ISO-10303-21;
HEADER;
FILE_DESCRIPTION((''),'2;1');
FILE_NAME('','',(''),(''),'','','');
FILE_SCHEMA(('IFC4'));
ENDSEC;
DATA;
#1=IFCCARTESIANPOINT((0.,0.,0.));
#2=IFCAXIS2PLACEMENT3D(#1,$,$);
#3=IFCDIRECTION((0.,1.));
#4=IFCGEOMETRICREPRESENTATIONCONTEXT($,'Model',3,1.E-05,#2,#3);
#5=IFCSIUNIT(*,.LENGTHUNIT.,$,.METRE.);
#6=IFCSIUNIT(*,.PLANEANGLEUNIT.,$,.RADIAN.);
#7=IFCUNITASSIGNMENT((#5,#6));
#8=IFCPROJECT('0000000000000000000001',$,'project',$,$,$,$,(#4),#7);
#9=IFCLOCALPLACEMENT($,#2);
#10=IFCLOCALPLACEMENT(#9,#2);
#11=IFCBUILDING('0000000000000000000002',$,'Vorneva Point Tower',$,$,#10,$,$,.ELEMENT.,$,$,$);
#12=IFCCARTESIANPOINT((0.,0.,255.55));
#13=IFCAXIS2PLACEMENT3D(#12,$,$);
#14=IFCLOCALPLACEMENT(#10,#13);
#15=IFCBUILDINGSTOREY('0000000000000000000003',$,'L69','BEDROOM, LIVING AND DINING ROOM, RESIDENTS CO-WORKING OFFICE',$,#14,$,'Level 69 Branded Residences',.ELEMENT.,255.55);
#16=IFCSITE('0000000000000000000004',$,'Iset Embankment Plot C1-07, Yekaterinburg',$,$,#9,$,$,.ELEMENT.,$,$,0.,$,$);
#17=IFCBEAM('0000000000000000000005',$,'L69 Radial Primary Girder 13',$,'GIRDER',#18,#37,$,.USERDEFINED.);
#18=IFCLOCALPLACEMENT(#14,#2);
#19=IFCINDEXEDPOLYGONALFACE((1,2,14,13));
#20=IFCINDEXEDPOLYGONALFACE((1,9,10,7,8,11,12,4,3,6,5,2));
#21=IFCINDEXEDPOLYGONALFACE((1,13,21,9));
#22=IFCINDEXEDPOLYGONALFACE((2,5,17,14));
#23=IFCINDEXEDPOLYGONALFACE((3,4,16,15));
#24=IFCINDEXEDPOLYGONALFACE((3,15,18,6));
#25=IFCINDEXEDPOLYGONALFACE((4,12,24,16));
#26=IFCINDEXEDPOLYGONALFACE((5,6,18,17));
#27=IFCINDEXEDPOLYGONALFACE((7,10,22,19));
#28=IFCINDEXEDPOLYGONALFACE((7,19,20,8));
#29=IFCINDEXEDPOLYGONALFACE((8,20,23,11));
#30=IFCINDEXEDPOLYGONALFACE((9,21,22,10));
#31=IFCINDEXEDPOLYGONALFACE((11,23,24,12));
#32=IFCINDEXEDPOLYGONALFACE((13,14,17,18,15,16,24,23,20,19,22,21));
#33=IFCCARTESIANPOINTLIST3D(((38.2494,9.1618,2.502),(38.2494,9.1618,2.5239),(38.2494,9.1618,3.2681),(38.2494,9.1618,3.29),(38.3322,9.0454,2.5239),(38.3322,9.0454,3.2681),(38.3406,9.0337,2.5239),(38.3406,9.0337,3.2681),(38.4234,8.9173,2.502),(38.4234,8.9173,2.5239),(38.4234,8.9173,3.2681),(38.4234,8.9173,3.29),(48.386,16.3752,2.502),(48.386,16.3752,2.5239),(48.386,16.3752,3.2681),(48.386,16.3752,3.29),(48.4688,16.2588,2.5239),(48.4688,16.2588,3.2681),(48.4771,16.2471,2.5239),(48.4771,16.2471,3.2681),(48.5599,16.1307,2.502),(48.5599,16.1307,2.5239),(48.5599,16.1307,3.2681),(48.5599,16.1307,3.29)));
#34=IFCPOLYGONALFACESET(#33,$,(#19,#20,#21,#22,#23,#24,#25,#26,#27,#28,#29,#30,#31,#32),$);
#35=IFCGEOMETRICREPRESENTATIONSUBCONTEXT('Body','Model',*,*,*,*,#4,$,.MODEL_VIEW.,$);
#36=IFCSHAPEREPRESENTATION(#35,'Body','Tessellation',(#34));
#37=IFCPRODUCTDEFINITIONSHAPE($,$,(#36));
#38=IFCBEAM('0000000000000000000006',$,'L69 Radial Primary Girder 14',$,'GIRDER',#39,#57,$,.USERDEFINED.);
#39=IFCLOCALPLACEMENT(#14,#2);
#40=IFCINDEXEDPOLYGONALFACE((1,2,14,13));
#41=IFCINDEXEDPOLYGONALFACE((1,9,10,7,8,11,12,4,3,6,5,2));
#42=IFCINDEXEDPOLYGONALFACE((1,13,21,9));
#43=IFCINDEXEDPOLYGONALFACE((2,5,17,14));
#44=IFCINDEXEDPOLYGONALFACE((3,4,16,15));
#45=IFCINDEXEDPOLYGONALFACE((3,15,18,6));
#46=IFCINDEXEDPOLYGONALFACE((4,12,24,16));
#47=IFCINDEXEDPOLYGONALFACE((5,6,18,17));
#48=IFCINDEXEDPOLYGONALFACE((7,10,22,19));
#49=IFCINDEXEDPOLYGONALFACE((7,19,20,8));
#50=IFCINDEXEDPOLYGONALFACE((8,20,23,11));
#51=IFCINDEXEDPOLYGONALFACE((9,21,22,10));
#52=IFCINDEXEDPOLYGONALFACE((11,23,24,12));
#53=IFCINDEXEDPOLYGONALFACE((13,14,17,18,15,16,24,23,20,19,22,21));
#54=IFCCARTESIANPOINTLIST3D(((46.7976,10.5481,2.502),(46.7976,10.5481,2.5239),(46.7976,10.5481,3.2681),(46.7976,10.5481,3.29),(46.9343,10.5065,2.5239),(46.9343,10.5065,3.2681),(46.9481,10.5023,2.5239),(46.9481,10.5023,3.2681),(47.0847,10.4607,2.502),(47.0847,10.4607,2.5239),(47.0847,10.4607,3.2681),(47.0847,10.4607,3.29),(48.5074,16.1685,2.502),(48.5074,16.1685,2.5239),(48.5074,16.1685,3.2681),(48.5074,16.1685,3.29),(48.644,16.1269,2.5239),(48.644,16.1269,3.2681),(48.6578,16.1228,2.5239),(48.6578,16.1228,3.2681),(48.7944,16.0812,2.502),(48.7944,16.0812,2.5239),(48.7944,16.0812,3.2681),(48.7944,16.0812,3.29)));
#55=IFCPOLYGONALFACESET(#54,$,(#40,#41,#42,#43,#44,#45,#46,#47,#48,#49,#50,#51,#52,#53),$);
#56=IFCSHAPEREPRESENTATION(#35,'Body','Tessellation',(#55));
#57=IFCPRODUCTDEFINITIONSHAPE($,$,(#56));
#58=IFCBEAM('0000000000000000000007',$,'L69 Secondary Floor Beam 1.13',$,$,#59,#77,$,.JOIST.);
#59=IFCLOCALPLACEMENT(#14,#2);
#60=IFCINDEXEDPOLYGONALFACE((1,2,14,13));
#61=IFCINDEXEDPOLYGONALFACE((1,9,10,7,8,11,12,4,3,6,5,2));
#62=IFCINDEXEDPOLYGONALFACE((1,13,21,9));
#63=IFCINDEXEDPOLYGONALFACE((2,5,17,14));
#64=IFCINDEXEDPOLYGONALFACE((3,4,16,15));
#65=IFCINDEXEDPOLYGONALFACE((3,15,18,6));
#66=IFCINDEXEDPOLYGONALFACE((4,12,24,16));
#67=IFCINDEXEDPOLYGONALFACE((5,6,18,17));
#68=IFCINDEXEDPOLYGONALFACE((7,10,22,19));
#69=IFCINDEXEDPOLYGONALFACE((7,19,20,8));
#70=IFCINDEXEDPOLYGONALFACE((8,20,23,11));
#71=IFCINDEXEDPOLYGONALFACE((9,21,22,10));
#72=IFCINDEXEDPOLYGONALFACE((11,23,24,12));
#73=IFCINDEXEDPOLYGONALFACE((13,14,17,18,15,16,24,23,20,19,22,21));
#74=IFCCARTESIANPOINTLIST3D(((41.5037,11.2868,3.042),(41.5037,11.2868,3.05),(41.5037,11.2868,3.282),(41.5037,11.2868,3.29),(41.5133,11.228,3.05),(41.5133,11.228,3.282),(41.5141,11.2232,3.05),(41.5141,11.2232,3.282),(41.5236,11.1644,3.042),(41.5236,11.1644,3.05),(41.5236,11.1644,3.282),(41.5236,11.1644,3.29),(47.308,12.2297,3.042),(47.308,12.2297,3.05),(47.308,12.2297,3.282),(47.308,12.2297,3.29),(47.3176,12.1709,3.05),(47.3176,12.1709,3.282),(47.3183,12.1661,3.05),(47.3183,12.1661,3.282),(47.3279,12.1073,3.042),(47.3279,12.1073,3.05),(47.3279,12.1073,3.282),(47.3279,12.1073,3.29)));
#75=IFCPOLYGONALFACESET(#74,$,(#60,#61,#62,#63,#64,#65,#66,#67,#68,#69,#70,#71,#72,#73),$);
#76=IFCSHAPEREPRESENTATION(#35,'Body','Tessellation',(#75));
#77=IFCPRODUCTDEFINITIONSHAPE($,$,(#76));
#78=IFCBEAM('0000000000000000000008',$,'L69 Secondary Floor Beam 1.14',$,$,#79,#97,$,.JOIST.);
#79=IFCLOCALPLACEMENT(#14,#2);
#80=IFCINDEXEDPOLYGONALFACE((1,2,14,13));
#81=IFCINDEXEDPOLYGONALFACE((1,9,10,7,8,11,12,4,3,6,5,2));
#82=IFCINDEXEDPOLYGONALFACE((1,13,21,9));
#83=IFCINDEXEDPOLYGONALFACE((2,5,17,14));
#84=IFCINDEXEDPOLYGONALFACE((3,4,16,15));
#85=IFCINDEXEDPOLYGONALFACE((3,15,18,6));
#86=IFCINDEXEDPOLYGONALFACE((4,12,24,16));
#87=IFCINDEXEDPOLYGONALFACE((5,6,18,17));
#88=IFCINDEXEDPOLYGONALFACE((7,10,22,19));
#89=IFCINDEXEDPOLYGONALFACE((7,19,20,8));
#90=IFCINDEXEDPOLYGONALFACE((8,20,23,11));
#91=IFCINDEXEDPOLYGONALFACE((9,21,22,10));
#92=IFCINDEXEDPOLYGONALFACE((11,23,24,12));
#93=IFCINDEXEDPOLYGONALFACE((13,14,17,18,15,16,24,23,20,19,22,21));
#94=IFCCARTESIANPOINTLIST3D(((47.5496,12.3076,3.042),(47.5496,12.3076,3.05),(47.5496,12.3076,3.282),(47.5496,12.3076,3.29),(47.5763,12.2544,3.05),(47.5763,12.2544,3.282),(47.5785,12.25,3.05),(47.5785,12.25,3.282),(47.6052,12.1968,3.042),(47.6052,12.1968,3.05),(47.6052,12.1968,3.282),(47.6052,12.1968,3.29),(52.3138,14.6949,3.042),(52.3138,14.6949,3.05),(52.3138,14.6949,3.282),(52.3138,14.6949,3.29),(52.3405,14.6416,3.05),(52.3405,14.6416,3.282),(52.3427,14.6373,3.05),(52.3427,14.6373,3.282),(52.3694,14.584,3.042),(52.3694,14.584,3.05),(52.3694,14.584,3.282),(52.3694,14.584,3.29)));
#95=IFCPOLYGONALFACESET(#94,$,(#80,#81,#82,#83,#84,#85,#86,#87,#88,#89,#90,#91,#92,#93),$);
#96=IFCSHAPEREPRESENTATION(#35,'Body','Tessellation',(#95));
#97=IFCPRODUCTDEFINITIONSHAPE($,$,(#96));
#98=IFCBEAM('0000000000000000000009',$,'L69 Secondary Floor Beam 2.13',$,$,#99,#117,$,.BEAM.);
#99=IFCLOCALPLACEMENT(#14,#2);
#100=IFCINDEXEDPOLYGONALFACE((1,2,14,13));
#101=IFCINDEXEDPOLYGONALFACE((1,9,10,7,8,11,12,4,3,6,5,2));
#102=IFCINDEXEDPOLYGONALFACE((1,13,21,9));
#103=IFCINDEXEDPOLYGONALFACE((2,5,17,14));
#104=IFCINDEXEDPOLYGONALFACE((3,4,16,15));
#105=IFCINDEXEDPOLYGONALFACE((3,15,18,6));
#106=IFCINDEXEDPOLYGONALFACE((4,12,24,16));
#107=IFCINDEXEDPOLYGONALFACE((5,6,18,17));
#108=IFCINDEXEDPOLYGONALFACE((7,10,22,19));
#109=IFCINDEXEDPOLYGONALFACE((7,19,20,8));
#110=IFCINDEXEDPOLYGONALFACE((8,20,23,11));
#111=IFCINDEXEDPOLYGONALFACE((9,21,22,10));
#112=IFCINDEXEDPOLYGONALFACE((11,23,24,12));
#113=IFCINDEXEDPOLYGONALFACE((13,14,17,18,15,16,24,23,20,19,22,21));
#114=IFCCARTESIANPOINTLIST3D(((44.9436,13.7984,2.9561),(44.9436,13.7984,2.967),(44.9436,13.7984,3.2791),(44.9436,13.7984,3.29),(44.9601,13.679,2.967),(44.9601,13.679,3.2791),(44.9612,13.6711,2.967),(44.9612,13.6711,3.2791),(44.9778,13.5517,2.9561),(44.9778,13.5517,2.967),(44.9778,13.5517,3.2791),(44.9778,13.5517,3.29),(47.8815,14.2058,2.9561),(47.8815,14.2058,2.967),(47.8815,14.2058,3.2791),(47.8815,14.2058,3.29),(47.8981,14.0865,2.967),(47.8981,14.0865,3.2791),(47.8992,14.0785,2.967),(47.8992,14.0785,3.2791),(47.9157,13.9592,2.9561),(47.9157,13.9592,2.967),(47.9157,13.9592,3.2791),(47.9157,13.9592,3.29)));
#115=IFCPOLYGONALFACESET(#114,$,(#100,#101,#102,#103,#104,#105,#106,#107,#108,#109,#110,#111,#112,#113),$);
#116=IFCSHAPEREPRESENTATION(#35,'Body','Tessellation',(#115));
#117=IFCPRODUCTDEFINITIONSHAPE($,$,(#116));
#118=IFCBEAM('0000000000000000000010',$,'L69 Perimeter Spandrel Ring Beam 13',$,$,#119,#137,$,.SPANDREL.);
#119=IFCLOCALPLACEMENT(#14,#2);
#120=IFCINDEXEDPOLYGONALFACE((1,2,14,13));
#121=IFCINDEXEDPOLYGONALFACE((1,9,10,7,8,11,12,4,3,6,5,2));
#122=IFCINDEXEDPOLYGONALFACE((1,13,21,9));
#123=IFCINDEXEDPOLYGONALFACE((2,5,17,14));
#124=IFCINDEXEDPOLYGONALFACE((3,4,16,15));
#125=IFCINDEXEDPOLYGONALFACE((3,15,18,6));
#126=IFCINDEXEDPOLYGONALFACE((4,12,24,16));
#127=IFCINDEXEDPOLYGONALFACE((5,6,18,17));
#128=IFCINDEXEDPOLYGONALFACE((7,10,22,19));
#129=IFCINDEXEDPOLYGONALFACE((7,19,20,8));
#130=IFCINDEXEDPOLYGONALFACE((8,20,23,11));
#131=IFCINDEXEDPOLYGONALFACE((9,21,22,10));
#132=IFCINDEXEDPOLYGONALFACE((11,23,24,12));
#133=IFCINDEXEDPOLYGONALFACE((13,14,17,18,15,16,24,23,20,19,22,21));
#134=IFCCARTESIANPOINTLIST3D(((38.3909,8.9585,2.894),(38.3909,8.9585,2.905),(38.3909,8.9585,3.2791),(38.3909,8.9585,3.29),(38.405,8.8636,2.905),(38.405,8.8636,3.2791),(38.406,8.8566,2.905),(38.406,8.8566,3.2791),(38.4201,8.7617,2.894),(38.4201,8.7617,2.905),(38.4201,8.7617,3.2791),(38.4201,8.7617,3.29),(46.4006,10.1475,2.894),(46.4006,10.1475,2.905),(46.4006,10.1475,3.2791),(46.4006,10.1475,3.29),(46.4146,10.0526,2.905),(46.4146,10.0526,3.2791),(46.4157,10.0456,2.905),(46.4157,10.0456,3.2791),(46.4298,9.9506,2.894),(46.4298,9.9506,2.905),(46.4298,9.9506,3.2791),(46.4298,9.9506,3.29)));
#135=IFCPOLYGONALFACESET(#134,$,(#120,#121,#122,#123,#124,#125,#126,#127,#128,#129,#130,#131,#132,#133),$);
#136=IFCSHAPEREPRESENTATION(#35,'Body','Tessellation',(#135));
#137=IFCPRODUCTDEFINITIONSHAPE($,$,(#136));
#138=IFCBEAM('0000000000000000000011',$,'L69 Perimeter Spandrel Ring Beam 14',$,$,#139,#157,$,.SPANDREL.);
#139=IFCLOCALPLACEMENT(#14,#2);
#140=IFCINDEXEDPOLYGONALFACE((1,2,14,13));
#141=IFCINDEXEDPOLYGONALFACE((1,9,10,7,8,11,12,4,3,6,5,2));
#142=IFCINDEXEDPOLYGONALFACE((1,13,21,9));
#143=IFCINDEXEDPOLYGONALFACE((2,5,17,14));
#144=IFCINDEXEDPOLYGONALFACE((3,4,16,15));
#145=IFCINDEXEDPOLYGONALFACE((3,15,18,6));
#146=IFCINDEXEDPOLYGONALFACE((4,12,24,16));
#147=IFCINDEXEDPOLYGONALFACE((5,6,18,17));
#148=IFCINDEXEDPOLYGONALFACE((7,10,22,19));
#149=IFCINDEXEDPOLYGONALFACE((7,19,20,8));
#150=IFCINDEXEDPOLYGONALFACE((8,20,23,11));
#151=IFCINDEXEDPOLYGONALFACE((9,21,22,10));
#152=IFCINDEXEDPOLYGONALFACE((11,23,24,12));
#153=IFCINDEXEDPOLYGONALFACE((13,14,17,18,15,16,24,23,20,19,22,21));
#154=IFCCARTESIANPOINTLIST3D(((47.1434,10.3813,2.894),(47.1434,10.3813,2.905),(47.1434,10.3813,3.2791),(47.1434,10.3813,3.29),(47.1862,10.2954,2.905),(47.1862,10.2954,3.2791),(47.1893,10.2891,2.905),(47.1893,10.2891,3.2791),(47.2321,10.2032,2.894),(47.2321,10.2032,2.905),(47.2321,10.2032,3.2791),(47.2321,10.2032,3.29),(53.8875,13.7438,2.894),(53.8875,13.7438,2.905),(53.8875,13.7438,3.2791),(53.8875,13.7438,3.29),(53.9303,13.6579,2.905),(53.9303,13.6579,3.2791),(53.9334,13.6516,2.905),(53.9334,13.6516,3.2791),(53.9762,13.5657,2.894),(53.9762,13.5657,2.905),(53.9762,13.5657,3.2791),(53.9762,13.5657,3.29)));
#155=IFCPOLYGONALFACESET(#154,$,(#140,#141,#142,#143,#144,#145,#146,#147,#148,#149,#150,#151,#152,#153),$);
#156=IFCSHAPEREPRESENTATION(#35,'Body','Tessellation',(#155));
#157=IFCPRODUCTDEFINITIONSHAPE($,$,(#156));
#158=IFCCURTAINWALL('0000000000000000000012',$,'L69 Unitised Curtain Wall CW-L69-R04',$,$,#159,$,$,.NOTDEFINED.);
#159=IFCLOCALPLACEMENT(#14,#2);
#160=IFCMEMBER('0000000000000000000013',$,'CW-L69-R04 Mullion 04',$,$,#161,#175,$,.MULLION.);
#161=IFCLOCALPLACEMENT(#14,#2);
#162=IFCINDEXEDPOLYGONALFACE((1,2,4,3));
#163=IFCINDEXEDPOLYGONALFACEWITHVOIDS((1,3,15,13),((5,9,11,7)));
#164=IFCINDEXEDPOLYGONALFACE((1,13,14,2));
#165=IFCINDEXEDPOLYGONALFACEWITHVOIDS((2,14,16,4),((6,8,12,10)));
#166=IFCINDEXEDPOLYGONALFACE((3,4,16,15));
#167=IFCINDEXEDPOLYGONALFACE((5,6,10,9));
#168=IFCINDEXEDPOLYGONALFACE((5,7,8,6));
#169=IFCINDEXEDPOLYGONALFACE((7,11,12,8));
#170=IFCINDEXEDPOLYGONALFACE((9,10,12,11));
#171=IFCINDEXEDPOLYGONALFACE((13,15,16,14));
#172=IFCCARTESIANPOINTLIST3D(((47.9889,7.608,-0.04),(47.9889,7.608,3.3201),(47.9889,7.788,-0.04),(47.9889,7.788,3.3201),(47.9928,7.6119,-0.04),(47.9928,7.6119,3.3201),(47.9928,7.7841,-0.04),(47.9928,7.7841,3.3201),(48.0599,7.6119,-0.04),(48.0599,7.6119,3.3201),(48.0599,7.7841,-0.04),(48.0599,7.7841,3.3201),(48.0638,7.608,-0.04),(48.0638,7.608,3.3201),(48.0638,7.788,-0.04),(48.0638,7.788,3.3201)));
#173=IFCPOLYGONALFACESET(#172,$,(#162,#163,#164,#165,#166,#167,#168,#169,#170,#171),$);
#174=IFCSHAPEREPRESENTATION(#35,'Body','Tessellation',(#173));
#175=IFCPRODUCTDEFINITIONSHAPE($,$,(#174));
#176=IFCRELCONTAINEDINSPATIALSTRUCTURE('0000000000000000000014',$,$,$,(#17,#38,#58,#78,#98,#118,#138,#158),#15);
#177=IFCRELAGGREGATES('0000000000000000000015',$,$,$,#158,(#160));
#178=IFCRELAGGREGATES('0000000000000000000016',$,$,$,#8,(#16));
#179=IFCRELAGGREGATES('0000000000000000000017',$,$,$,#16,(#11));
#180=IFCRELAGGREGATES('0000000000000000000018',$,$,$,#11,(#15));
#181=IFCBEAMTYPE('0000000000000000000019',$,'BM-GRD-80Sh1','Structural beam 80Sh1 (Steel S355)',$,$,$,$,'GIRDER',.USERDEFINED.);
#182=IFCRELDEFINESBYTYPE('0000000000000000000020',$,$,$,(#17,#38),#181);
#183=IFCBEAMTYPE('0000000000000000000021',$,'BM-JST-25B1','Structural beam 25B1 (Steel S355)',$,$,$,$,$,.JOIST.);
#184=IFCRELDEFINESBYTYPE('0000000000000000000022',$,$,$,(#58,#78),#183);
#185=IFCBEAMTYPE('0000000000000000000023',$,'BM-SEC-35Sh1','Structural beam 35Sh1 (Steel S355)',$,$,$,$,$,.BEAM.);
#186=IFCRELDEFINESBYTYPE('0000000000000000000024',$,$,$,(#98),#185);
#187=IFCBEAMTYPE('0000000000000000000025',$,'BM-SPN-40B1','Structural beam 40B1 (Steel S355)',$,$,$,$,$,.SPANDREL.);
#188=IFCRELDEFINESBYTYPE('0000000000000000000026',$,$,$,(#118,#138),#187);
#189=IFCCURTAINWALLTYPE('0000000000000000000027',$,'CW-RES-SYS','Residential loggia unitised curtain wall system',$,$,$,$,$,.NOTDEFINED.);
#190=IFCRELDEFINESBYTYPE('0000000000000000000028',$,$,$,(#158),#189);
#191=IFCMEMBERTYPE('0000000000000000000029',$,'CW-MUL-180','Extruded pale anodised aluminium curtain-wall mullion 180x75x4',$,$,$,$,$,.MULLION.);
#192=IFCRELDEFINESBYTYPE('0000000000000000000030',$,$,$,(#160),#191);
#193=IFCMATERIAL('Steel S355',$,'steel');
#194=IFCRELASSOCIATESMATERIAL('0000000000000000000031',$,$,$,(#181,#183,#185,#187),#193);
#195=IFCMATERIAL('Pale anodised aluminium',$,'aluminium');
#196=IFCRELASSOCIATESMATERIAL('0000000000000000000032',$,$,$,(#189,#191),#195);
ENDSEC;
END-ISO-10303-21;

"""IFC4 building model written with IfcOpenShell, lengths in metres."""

from ifc_helpers import new_model, si_unit, direction, frame, origin, origin_2d, place, context, subcontext, project, spatial, hollow_rectangle, i_section, extrude, material, material_profile, profile_set, type_object, element, aggregate, save


model = new_model("IFC4")

# Units and contexts
model_context = context("Model", 3, precision=1e-05, world=origin(), true_north=direction((0.0, 1.0)))
body_context = subcontext(model_context, "Body", "Model", "MODEL_VIEW")
ifc_project = project(units=[si_unit("LENGTHUNIT", "METRE"), si_unit("PLANEANGLEUNIT", "RADIAN")], contexts=[model_context])

# Site, building, storey
site_placement = place(None, origin())
site = spatial("IfcSite", under=ifc_project, at=site_placement, Name="Iset Embankment Plot C1-07, Yekaterinburg", CompositionType="ELEMENT", RefElevation=0.0)
building_placement = place(site_placement, origin())
building = spatial("IfcBuilding", under=site, at=building_placement, Name="Vorneva Point Tower", CompositionType="ELEMENT")
storey_placement = place(building_placement, frame((0.0, 0.0, 255.55)))
storey = spatial("IfcBuildingStorey", under=building, at=storey_placement, Name="L69", Description="BEDROOM, LIVING AND DINING ROOM, RESIDENTS CO-WORKING OFFICE", LongName="Level 69 Branded Residences", CompositionType="ELEMENT", Elevation=255.55)

# Beams
ifc_material_1 = material(Name="Steel S355", Category="steel")
ifc_material_profile_1 = material_profile(ifc_material_1, i_section(OverallWidth=0.3, OverallDepth=0.7881, WebThickness=0.0144, FlangeThickness=0.022, at=origin_2d()), Name="80Sh1")
ifc_profile_set_1 = profile_set([ifc_material_profile_1], Name="Steel S355")
beam_type_1 = type_object("IfcBeamType", Name="BM-GRD-80Sh1", Description="Structural beam 80Sh1 (Steel S355)", ElementType="GIRDER", PredefinedType="USERDEFINED", material=ifc_profile_set_1)
beam_1_placement = place(storey_placement, frame((38.3364, 9.0396, 2.896), z_axis=(0.814757, 0.579802, 0.0), x_axis=(-0.579802, 0.814757, 0.0)))
element("IfcBeam", 1, at=beam_1_placement, inside=storey, type_object=beam_type_1, Name="L69 Radial Primary Girder 13", ObjectType="GIRDER", PredefinedType="USERDEFINED", context=body_context, shape_type="SweptSolid", body=[
    extrude(i_section(OverallWidth=0.3, OverallDepth=0.7881, WebThickness=0.0144, FlangeThickness=0.022, at=origin_2d()), origin(), (0.0, 0.0, 1.0), 12.4412),
])
beam_2_placement = place(storey_placement, frame((46.9412, 10.5044, 2.896), z_axis=(0.291033, 0.956713, 0.0), x_axis=(-0.956713, 0.291033, 0.0)))
element("IfcBeam", 2, at=beam_2_placement, inside=storey, type_object=beam_type_1, Name="L69 Radial Primary Girder 14", ObjectType="GIRDER", PredefinedType="USERDEFINED", context=body_context, shape_type="SweptSolid", body=[
    extrude(i_section(OverallWidth=0.3, OverallDepth=0.7881, WebThickness=0.0144, FlangeThickness=0.022, at=origin_2d()), origin(), (0.0, 0.0, 1.0), 5.8748),
])
ifc_material_profile_2 = material_profile(ifc_material_1, i_section(OverallWidth=0.124, OverallDepth=0.248, WebThickness=0.0049, FlangeThickness=0.0081, at=origin_2d()), Name="25B1")
ifc_profile_set_2 = profile_set([ifc_material_profile_2], Name="Steel S355")
beam_type_2 = type_object("IfcBeamType", Name="BM-JST-25B1", Description="Structural beam 25B1 (Steel S355)", PredefinedType="JOIST", material=ifc_profile_set_2)
beam_3_placement = place(storey_placement, frame((41.5137, 11.2256, 3.166), z_axis=(0.987061, 0.160344, 0.0), x_axis=(-0.160344, 0.987061, 0.0)))
element("IfcBeam", 3, at=beam_3_placement, inside=storey, type_object=beam_type_2, Name="L69 Secondary Floor Beam 1.13", PredefinedType="JOIST", context=body_context, shape_type="SweptSolid", body=[
    extrude(i_section(OverallWidth=0.124, OverallDepth=0.248, WebThickness=0.0049, FlangeThickness=0.0081, at=origin_2d()), origin(), (0.0, 0.0, 1.0), 5.8804),
])
beam_4_placement = place(storey_placement, frame((47.5774, 12.2522, 3.166), z_axis=(0.894042, 0.447983, 0.0), x_axis=(-0.447983, 0.894042, 0.0)))
element("IfcBeam", 4, at=beam_4_placement, inside=storey, type_object=beam_type_2, Name="L69 Secondary Floor Beam 1.14", PredefinedType="JOIST", context=body_context, shape_type="SweptSolid", body=[
    extrude(i_section(OverallWidth=0.124, OverallDepth=0.248, WebThickness=0.0049, FlangeThickness=0.0081, at=origin_2d()), origin(), (0.0, 0.0, 1.0), 5.3289),
])
ifc_material_profile_3 = material_profile(ifc_material_1, i_section(OverallWidth=0.249, OverallDepth=0.334, WebThickness=0.0081, FlangeThickness=0.011, at=origin_2d()), Name="35Sh1")
ifc_profile_set_3 = profile_set([ifc_material_profile_3], Name="Steel S355")
beam_type_3 = type_object("IfcBeamType", Name="BM-SEC-35Sh1", Description="Structural beam 35Sh1 (Steel S355)", PredefinedType="BEAM", material=ifc_profile_set_3)
beam_5_placement = place(storey_placement, frame((44.9607, 13.675, 3.123), z_axis=(0.990519, 0.137375, 0.0), x_axis=(-0.137375, 0.990519, 0.0)))
element("IfcBeam", 5, at=beam_5_placement, inside=storey, type_object=beam_type_3, Name="L69 Secondary Floor Beam 2.13", PredefinedType="BEAM", context=body_context, shape_type="SweptSolid", body=[
    extrude(i_section(OverallWidth=0.249, OverallDepth=0.334, WebThickness=0.0081, FlangeThickness=0.011, at=origin_2d()), origin(), (0.0, 0.0, 1.0), 2.9661),
])
ifc_material_profile_4 = material_profile(ifc_material_1, i_section(OverallWidth=0.199, OverallDepth=0.396, WebThickness=0.0071, FlangeThickness=0.011, at=origin_2d()), Name="40B1")
ifc_profile_set_4 = profile_set([ifc_material_profile_4], Name="Steel S355")
beam_type_4 = type_object("IfcBeamType", Name="BM-SPN-40B1", Description="Structural beam 40B1 (Steel S355)", PredefinedType="SPANDREL", material=ifc_profile_set_4)
beam_6_placement = place(storey_placement, frame((38.4055, 8.8601, 3.092), z_axis=(0.989162, 0.146831, 0.0), x_axis=(-0.146831, 0.989162, 0.0)))
element("IfcBeam", 6, at=beam_6_placement, inside=storey, type_object=beam_type_4, Name="L69 Perimeter Spandrel Ring Beam 13", PredefinedType="SPANDREL", context=body_context, shape_type="SweptSolid", body=[
    extrude(i_section(OverallWidth=0.199, OverallDepth=0.396, WebThickness=0.0071, FlangeThickness=0.011, at=origin_2d()), origin(), (0.0, 0.0, 1.0), 8.0974),
])
beam_7_placement = place(storey_placement, frame((47.1877, 10.2922, 3.092), z_axis=(0.894932, 0.446203, 0.0), x_axis=(-0.446203, 0.894932, 0.0)))
element("IfcBeam", 7, at=beam_7_placement, inside=storey, type_object=beam_type_4, Name="L69 Perimeter Spandrel Ring Beam 14", PredefinedType="SPANDREL", context=body_context, shape_type="SweptSolid", body=[
    extrude(i_section(OverallWidth=0.199, OverallDepth=0.396, WebThickness=0.0071, FlangeThickness=0.011, at=origin_2d()), origin(), (0.0, 0.0, 1.0), 7.5359),
])

# Curtain wall, member
ifc_material_2 = material(Name="Pale anodised aluminium", Category="aluminium")
curtain_wall_type = type_object("IfcCurtainWallType", Name="CW-RES-SYS", Description="Residential loggia unitised curtain wall system", PredefinedType="NOTDEFINED", material=ifc_material_2)
curtain_wall_placement = place(storey_placement, origin())
curtain_wall = element("IfcCurtainWall", 8, at=curtain_wall_placement, inside=storey, type_object=curtain_wall_type, Name="L69 Unitised Curtain Wall CW-L69-R04", PredefinedType="NOTDEFINED")
ifc_material_profile_5 = material_profile(ifc_material_2, hollow_rectangle(XDim=0.075, YDim=0.1799, WallThickness=0.0039, at=origin_2d()), Name="AL-MUL 180x75x4")
ifc_profile_set_5 = profile_set([ifc_material_profile_5], Name="Pale anodised aluminium")
member_type_1 = type_object("IfcMemberType", Name="CW-MUL-180", Description="Extruded pale anodised aluminium curtain-wall mullion 180x75x4", PredefinedType="MULLION", material=ifc_profile_set_5)
member_1_placement = place(storey_placement, frame((48.0264, 7.698, -0.04), z_axis=(0.0, 0.0, 1.0), x_axis=(1.0, 0.0, 0.0)))
member_1 = element("IfcMember", 9, at=member_1_placement, type_object=member_type_1, Name="CW-L69-R04 Mullion 04", PredefinedType="MULLION", context=body_context, shape_type="SweptSolid", body=[
    extrude(hollow_rectangle(XDim=0.075, YDim=0.1799, WallThickness=0.0039, at=origin_2d()), origin(), (0.0, 0.0, 1.0), 3.3601),
])
aggregate(curtain_wall, [member_1])

save(model, "model.ifc")
